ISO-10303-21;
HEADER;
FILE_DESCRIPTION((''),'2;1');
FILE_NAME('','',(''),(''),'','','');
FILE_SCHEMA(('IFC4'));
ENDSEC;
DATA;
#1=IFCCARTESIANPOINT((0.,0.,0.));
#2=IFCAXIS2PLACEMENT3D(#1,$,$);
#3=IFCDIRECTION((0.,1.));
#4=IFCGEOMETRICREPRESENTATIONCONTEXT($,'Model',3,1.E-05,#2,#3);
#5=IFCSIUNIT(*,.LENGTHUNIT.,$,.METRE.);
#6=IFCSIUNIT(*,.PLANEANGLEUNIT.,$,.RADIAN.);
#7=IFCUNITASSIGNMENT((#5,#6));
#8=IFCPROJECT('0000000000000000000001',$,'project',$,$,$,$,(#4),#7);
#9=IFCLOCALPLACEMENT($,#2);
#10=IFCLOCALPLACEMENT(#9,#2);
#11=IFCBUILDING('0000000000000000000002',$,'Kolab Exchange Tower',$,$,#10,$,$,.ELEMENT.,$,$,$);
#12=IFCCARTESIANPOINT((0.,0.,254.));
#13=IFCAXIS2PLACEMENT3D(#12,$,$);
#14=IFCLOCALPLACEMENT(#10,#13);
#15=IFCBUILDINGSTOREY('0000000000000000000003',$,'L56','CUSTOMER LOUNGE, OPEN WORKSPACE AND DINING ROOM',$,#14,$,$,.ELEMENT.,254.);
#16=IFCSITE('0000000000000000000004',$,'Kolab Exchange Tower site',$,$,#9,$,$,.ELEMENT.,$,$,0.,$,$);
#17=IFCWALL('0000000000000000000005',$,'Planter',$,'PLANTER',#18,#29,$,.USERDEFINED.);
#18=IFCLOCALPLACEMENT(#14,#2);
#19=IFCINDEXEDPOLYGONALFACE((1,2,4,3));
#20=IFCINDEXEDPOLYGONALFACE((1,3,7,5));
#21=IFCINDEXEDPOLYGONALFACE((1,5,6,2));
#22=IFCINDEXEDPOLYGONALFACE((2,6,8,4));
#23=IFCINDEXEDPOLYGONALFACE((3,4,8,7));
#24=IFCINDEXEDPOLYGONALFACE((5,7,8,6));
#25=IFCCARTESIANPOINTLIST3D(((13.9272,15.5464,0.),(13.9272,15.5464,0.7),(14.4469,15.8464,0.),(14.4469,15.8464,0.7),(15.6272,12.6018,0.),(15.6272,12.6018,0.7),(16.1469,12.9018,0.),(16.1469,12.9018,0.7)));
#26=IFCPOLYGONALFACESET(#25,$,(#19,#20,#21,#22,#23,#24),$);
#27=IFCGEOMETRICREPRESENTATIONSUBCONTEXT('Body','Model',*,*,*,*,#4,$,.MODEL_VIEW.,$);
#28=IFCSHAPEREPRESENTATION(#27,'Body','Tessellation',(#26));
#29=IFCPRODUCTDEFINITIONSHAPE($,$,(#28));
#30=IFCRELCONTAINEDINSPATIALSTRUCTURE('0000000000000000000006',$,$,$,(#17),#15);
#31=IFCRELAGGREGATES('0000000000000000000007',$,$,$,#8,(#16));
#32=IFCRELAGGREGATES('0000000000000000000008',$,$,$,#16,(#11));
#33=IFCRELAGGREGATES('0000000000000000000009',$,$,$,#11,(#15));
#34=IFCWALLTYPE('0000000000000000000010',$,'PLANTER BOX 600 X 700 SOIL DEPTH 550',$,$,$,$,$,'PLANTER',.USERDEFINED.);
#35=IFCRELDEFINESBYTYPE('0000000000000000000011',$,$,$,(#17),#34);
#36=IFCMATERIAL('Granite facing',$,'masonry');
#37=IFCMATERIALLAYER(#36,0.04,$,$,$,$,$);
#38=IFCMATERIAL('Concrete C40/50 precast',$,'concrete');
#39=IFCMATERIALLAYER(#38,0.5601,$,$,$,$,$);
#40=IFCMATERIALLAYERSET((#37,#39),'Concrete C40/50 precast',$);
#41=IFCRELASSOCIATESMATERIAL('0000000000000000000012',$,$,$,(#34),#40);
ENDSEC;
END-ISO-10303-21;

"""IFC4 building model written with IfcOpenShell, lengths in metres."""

from ifc_helpers import new_model, si_unit, direction, frame, frame_2d, origin, place, context, subcontext, project, spatial, rectangle, extrude, material, layer, layer_set, type_object, element, save


model = new_model("IFC4")

# Units and contexts
model_context = context("Model", 3, precision=1e-05, world=origin(), true_north=direction((0.0, 1.0)))
body_context = subcontext(model_context, "Body", "Model", "MODEL_VIEW")
ifc_project = project(units=[si_unit("LENGTHUNIT", "METRE"), si_unit("PLANEANGLEUNIT", "RADIAN")], contexts=[model_context])

# Site, building, storey
site_placement = place(None, origin())
site = spatial("IfcSite", under=ifc_project, at=site_placement, Name="Kolab Exchange Tower site", CompositionType="ELEMENT", RefElevation=0.0)
building_placement = place(site_placement, origin())
building = spatial("IfcBuilding", under=site, at=building_placement, Name="Kolab Exchange Tower", CompositionType="ELEMENT")
storey_placement = place(building_placement, frame((0.0, 0.0, 254.0)))
storey = spatial("IfcBuildingStorey", under=building, at=storey_placement, Name="L56", Description="CUSTOMER LOUNGE, OPEN WORKSPACE AND DINING ROOM", CompositionType="ELEMENT", Elevation=254.0)

# Wall
ifc_material_1 = material(Name="Granite facing", Category="masonry")
ifc_layer_1 = layer(ifc_material_1, 0.04)
ifc_material_2 = material(Name="Concrete C40/50 precast", Category="concrete")
ifc_layer_2 = layer(ifc_material_2, 0.5601)
ifc_layer_set_1 = layer_set([ifc_layer_1, ifc_layer_2], Name="Concrete C40/50 precast")
wall_type_1 = type_object("IfcWallType", Name="PLANTER BOX 600 X 700 SOIL DEPTH 550", ElementType="PLANTER", PredefinedType="USERDEFINED", material=ifc_layer_set_1)
wall_1_placement = place(storey_placement, frame((14.187, 15.6965, 0.0), z_axis=(0.0, 0.0, 1.0), x_axis=(0.499977, -0.866039, 0.0)))
element("IfcWall", 1, at=wall_1_placement, inside=storey, type_object=wall_type_1, Name="Planter", ObjectType="PLANTER", PredefinedType="USERDEFINED", context=body_context, shape_type="SweptSolid", body=[
    extrude(rectangle(XDim=3.4001, YDim=0.6001, at=frame_2d((1.7002, 0.0))), origin(), (0.0, 0.0, 1.0), 0.7),
])

save(model, "model.ifc")
